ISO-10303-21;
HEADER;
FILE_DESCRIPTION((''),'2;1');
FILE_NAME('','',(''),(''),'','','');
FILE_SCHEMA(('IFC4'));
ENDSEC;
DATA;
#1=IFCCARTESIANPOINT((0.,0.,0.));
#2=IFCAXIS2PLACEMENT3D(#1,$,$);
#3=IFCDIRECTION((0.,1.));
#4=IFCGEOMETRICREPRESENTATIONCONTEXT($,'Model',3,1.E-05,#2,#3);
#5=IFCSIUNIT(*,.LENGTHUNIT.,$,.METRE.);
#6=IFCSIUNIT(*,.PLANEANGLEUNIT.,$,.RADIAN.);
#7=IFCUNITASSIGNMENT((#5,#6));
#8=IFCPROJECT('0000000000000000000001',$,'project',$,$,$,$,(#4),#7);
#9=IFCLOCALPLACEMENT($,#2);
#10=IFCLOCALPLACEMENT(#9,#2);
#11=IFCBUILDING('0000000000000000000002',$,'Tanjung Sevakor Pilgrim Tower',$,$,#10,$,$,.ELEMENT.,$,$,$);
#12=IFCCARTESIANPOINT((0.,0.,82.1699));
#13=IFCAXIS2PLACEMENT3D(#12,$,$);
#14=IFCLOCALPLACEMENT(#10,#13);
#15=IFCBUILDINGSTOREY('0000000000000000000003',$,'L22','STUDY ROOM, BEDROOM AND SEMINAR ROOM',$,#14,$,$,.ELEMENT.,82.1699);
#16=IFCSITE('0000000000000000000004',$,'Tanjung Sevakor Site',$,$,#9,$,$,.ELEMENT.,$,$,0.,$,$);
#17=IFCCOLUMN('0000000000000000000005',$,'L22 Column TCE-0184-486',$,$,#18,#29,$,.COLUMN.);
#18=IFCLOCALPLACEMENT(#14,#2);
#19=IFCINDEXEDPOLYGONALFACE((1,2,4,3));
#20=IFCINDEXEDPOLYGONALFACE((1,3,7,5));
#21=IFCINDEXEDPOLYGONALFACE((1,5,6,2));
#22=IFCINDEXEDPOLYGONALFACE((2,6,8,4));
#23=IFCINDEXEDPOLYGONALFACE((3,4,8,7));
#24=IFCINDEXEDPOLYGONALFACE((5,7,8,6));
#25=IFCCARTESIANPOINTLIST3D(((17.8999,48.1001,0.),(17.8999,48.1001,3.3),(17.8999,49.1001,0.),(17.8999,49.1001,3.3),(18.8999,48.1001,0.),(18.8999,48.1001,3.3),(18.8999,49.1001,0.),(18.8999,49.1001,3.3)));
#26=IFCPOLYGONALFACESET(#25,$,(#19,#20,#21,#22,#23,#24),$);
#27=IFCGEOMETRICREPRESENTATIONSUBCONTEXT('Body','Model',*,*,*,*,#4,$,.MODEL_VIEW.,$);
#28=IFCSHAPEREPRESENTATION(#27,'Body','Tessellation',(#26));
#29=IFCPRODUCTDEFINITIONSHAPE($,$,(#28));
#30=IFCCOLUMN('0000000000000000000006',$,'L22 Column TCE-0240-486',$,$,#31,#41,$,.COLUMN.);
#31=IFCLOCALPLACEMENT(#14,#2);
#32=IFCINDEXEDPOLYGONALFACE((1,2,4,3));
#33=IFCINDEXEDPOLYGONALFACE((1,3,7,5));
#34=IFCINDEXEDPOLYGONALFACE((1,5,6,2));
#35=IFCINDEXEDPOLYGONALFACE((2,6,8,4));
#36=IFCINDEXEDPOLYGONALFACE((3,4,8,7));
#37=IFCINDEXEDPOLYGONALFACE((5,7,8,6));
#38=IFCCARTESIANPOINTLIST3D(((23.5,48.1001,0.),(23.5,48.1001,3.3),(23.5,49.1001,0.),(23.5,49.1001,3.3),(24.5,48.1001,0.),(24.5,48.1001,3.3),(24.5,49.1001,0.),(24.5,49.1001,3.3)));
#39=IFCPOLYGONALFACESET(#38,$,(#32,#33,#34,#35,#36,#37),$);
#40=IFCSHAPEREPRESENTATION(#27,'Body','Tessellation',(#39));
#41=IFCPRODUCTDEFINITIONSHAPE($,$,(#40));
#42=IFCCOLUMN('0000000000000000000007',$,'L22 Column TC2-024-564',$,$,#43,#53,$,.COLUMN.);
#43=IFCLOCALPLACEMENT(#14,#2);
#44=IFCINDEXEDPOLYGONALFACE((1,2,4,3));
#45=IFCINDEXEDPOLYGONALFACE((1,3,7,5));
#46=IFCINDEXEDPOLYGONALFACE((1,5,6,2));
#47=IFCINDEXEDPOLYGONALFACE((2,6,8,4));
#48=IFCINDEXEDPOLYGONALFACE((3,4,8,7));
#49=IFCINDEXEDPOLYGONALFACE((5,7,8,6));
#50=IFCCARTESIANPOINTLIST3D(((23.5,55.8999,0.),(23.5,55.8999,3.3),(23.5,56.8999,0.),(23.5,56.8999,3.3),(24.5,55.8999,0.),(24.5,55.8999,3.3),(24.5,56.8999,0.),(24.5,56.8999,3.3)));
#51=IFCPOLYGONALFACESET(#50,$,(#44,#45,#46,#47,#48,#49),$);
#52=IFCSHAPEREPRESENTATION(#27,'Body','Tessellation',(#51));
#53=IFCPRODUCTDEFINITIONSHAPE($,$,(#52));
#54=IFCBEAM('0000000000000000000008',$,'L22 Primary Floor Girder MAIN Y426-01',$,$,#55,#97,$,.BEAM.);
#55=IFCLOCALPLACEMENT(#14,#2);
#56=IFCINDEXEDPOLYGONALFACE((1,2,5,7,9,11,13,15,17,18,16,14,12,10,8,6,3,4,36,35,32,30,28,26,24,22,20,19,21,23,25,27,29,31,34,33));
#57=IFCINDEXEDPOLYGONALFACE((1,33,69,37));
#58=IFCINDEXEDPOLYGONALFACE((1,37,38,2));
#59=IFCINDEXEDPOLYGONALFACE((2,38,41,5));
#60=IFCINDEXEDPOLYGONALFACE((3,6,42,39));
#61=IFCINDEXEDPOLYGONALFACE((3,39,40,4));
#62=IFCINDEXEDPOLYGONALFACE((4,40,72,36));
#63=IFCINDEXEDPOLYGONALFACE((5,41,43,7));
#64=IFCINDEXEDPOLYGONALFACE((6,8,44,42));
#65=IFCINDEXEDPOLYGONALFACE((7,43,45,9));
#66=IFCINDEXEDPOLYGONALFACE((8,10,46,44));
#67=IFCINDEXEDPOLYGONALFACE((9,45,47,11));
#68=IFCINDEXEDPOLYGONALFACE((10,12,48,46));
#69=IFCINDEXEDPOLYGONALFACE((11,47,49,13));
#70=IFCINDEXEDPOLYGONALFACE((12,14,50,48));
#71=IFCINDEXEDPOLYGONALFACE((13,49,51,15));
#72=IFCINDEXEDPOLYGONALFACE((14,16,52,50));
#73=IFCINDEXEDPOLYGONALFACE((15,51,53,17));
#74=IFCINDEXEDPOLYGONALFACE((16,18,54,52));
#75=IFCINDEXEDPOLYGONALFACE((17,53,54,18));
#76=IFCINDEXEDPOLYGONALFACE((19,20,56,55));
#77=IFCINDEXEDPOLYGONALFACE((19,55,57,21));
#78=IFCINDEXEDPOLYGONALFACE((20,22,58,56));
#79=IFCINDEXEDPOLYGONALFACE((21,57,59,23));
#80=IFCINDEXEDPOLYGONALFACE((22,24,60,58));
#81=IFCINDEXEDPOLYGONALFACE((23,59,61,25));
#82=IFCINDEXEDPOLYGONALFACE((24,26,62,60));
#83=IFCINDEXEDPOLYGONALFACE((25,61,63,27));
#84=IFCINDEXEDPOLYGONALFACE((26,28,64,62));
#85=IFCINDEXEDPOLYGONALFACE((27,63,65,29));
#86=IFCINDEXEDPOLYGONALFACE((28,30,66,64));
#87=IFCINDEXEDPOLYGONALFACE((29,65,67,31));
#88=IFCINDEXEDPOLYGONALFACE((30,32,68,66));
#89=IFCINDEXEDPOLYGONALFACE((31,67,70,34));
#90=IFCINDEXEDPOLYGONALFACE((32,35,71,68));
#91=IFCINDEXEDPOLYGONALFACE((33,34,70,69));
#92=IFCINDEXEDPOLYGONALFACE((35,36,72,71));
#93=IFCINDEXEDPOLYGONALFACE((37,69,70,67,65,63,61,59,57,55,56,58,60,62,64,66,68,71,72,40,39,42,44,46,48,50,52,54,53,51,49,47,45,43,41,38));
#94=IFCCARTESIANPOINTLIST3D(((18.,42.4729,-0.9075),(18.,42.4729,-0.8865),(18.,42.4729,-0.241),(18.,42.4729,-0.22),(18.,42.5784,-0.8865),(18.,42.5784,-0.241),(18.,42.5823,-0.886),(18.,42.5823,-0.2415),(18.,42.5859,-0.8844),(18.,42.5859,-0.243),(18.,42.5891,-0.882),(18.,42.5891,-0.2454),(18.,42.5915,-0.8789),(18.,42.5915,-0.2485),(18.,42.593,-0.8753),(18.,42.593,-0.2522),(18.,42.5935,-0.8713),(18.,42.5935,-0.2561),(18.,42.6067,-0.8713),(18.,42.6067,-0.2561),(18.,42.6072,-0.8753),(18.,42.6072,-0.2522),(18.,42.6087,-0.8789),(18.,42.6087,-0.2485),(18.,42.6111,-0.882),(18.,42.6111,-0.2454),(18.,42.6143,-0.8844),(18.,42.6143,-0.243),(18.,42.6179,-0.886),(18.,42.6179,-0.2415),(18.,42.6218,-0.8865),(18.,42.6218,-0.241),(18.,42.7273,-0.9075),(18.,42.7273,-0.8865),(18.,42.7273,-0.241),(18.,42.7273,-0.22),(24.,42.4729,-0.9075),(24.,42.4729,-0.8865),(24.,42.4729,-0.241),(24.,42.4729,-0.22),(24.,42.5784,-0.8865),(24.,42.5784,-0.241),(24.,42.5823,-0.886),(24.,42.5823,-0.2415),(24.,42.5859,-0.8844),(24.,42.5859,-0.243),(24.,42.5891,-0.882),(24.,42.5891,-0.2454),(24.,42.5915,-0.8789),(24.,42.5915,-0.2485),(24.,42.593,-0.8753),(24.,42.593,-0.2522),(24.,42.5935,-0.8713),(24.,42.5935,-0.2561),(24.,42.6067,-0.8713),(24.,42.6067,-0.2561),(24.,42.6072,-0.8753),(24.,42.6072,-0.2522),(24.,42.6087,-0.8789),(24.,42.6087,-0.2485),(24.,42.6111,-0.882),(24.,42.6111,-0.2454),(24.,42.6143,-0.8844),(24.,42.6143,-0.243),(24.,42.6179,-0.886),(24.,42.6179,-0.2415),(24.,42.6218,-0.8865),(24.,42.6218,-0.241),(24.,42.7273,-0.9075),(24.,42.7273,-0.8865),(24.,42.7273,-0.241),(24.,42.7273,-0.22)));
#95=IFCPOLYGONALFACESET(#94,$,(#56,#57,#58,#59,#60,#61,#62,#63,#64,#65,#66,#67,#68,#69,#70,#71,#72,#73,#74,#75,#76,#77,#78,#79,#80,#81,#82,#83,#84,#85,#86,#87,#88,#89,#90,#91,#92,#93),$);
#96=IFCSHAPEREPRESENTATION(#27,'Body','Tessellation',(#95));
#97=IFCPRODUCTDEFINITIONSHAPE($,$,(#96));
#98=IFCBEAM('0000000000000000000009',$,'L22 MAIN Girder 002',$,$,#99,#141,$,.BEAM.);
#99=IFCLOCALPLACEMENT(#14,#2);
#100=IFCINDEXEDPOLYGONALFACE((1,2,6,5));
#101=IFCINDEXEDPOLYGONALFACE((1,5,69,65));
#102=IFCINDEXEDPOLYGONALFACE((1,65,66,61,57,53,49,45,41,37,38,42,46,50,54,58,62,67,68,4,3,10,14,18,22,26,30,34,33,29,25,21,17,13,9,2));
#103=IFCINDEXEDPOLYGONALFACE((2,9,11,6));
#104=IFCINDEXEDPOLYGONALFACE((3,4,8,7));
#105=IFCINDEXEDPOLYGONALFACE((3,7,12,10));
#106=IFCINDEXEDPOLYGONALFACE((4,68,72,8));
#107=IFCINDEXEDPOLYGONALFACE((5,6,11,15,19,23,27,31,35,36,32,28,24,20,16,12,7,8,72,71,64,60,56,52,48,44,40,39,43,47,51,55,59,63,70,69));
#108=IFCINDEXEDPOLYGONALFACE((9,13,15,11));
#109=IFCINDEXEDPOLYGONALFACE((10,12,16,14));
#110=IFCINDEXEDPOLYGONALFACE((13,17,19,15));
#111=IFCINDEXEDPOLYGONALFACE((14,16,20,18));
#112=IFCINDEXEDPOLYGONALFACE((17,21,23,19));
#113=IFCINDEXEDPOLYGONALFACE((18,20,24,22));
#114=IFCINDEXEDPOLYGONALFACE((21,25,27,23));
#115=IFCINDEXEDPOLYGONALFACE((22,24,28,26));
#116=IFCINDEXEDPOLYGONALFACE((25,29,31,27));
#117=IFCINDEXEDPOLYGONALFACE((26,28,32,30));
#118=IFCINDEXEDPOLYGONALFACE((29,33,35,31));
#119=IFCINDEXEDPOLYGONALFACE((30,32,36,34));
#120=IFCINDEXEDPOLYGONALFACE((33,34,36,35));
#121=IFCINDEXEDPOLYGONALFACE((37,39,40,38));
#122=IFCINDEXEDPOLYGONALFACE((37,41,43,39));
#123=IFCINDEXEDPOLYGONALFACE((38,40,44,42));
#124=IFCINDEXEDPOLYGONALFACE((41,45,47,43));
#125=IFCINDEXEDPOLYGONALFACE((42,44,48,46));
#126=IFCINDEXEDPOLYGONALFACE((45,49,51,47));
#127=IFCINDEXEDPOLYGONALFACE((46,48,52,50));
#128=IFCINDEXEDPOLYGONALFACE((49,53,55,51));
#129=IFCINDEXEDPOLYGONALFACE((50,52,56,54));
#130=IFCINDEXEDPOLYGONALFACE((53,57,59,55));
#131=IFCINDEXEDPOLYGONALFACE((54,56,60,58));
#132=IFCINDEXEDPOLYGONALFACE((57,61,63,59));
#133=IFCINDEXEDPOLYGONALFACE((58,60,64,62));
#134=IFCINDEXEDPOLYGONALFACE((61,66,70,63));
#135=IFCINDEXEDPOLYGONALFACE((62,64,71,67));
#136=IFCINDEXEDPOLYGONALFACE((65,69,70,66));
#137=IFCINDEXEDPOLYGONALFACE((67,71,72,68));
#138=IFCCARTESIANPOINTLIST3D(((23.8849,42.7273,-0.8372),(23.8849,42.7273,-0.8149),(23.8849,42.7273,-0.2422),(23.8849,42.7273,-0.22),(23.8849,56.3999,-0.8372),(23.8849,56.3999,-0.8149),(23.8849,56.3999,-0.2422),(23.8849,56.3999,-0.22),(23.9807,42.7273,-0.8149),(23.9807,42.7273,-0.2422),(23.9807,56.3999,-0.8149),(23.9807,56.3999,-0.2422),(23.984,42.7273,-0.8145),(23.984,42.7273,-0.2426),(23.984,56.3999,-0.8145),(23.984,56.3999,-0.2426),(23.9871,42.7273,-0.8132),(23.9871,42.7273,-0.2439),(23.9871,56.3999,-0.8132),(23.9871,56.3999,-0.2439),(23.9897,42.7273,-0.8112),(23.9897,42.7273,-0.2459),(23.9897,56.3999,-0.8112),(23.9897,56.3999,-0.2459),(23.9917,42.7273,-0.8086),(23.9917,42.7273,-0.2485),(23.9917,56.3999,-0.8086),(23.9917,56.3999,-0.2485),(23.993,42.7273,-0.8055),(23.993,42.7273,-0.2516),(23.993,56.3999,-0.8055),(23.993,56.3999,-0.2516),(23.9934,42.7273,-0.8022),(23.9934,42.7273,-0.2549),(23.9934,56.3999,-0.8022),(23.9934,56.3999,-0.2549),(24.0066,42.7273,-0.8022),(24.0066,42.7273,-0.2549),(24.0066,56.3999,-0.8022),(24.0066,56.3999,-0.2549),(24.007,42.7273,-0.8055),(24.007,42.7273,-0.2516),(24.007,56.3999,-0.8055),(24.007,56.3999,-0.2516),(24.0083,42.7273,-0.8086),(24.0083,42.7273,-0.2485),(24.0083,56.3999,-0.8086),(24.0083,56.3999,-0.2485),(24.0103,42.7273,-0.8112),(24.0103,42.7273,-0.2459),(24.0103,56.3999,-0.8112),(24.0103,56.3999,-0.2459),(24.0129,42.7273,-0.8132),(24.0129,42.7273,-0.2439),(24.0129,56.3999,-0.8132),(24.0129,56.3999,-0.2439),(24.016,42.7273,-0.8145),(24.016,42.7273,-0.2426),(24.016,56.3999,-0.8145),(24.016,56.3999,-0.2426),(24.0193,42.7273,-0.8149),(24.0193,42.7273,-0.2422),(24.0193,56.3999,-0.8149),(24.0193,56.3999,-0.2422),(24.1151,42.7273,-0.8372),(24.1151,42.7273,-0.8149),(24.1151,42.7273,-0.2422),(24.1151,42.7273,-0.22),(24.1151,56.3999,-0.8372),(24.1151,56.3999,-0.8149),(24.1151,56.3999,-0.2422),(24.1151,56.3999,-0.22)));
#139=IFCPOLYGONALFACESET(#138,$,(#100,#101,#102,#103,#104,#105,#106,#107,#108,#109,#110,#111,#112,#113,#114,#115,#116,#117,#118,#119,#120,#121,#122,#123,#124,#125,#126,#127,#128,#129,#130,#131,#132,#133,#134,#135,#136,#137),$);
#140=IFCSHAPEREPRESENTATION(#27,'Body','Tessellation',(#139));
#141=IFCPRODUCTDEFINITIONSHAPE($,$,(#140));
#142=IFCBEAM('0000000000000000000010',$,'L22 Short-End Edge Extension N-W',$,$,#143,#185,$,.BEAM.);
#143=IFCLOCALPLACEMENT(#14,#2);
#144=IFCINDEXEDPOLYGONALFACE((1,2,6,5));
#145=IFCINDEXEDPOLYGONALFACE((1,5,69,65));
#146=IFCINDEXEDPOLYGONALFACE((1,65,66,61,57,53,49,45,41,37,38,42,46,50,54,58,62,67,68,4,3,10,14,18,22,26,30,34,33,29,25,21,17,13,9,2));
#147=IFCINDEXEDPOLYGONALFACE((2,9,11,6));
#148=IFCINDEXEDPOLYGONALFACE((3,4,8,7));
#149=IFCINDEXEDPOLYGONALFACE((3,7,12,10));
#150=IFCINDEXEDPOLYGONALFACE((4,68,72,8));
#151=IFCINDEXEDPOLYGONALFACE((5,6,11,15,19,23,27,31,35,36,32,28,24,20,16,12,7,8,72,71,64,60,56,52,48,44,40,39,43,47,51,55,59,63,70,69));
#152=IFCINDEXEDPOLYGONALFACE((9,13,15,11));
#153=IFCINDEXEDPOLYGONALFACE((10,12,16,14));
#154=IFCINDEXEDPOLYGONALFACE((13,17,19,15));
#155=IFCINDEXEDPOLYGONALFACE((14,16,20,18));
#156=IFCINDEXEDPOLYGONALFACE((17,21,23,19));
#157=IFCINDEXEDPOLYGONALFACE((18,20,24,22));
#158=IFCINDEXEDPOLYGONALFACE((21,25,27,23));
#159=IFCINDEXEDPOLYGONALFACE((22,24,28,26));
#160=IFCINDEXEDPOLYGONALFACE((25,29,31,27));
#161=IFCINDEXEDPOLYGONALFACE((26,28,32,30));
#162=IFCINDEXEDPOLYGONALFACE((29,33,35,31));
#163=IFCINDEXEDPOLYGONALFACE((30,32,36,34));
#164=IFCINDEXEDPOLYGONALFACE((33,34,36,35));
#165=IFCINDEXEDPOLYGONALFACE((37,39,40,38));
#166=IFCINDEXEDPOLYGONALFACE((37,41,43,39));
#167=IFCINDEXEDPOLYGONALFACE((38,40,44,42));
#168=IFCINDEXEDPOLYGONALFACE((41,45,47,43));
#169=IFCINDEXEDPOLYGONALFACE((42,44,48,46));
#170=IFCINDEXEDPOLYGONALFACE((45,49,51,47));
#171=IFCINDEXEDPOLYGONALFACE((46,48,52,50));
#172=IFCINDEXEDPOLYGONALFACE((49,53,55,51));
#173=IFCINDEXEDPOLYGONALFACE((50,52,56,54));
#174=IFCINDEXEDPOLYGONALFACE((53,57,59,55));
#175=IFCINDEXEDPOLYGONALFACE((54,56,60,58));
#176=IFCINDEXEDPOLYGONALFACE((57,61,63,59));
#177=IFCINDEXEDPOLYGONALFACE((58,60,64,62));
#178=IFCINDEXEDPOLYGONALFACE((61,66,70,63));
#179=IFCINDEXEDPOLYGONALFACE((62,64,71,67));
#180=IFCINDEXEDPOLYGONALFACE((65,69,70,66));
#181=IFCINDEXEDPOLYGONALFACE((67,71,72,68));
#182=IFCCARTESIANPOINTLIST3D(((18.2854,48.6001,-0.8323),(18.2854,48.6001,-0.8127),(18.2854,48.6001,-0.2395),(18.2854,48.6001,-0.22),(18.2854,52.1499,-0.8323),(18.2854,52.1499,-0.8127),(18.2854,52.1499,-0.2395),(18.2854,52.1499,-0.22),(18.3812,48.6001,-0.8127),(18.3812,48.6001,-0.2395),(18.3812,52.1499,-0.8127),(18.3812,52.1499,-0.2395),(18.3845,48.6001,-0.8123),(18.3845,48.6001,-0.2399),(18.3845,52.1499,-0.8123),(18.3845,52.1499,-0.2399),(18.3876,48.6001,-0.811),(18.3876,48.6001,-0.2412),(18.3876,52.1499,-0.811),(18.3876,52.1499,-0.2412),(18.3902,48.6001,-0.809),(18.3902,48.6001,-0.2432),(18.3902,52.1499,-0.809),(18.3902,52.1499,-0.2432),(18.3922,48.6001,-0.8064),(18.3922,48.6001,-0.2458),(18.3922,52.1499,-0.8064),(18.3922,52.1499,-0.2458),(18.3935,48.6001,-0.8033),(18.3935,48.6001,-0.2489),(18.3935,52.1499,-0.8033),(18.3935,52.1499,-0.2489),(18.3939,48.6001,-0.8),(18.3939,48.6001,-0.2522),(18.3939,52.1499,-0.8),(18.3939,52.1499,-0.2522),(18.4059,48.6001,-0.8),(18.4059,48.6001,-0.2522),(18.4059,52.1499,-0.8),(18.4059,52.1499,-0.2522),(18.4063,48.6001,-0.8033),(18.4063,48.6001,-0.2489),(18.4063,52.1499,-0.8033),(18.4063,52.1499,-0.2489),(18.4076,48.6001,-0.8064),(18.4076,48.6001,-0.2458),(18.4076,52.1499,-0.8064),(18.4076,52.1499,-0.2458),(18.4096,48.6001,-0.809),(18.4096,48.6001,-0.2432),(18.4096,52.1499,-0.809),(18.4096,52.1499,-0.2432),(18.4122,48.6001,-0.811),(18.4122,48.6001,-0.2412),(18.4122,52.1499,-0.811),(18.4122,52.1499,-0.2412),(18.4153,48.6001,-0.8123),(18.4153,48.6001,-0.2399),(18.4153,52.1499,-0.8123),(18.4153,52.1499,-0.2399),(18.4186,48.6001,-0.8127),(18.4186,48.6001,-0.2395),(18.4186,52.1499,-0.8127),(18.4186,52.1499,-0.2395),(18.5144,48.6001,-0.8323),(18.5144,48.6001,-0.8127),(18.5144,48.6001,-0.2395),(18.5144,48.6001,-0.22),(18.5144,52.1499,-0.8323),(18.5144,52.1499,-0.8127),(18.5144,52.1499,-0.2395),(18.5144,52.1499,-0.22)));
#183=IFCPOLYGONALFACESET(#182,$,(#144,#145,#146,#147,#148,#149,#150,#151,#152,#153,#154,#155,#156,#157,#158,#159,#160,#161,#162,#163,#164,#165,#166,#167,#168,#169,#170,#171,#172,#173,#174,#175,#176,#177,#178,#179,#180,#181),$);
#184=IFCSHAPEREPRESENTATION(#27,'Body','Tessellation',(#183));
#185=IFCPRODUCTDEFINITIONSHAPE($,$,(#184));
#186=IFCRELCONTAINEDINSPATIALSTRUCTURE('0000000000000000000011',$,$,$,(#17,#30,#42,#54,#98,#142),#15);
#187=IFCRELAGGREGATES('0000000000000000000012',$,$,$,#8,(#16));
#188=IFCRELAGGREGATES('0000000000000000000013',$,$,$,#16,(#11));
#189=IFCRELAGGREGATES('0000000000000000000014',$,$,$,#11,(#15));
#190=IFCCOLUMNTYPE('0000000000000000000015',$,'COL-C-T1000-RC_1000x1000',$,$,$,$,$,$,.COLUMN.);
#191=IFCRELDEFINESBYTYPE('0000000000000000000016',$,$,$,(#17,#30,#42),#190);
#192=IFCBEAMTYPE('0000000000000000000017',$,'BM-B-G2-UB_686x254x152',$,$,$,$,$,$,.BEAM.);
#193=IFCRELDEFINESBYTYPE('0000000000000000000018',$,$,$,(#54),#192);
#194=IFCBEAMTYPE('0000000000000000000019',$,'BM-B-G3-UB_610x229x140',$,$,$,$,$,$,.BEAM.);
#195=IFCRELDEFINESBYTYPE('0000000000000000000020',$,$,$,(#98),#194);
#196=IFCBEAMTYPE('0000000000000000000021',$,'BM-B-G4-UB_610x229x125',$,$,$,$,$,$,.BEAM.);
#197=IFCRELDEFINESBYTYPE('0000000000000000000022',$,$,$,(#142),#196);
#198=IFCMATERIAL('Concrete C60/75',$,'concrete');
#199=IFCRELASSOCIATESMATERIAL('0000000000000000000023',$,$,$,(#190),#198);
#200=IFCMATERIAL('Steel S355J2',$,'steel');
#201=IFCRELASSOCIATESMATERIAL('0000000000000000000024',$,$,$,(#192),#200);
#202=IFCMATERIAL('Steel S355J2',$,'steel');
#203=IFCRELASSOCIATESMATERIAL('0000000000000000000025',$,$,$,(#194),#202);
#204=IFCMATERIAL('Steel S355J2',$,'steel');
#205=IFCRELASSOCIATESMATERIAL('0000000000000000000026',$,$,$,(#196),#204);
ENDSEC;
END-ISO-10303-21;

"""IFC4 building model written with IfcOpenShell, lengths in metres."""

from ifc_helpers import new_model, si_unit, direction, frame, origin, origin_2d, place, context, subcontext, project, spatial, rectangle, i_section, extrude, material, material_profile, profile_set, type_object, element, save


model = new_model("IFC4")

# Units and contexts
model_context = context("Model", 3, precision=1e-05, world=origin(), true_north=direction((0.0, 1.0)))
body_context = subcontext(model_context, "Body", "Model", "MODEL_VIEW")
ifc_project = project(units=[si_unit("LENGTHUNIT", "METRE"), si_unit("PLANEANGLEUNIT", "RADIAN")], contexts=[model_context])

# Site, building, storey
site_placement = place(None, origin())
site = spatial("IfcSite", under=ifc_project, at=site_placement, Name="Tanjung Sevakor Site", CompositionType="ELEMENT", RefElevation=0.0)
building_placement = place(site_placement, origin())
building = spatial("IfcBuilding", under=site, at=building_placement, Name="Tanjung Sevakor Pilgrim Tower", CompositionType="ELEMENT")
storey_placement = place(building_placement, frame((0.0, 0.0, 82.1699)))
storey = spatial("IfcBuildingStorey", under=building, at=storey_placement, Name="L22", Description="STUDY ROOM, BEDROOM AND SEMINAR ROOM", CompositionType="ELEMENT", Elevation=82.1699)

# Columns
ifc_material_1 = material(Name="Concrete C60/75", Category="concrete")
ifc_material_profile_1 = material_profile(ifc_material_1, rectangle(XDim=1.0, YDim=1.0, at=origin_2d()))
ifc_profile_set_1 = profile_set([ifc_material_profile_1], Name="Concrete C60/75")
column_type = type_object("IfcColumnType", Name="COL-C-T1000-RC_1000x1000", PredefinedType="COLUMN", material=ifc_profile_set_1)
for number, where, z_axis, x_axis, name in (
    (1, (18.3999, 48.6001, 0.0), (0.0, 0.0, 1.0), (1.0, 0.0, 0.0), "L22 Column TCE-0184-486"),
    (2, (24.0, 48.6001, 0.0), (0.0, 0.0, 1.0), (1.0, 0.0, 0.0), "L22 Column TCE-0240-486"),
    (3, (24.0, 56.3999, 0.0), (0.0, 0.0, 1.0), (1.0, 0.0, 0.0), "L22 Column TC2-024-564"),
):
    element("IfcColumn", number, at=place(storey_placement, frame(where, z_axis=z_axis, x_axis=x_axis)), inside=storey, type_object=column_type, Name=name, PredefinedType="COLUMN", context=body_context, shape_type="SweptSolid", body=[
        extrude(rectangle(XDim=1.0, YDim=1.0, at=origin_2d()), origin(), (0.0, 0.0, 1.0), 3.3),
    ])

# Beams
ifc_material_2 = material(Name="Steel S355J2", Category="steel")
ifc_material_profile_2 = material_profile(ifc_material_2, i_section(OverallWidth=0.2544, OverallDepth=0.6875, WebThickness=0.0132, FlangeThickness=0.021, FilletRadius=0.0151, at=origin_2d()))
ifc_profile_set_2 = profile_set([ifc_material_profile_2], Name="Steel S355J2")
beam_type_1 = type_object("IfcBeamType", Name="BM-B-G2-UB_686x254x152", PredefinedType="BEAM", material=ifc_profile_set_2)
beam_1_placement = place(storey_placement, frame((18.0, 42.6001, -0.5637), z_axis=(1.0, 0.0, 0.0), x_axis=(0.0, 1.0, 0.0)))
element("IfcBeam", 4, at=beam_1_placement, inside=storey, type_object=beam_type_1, Name="L22 Primary Floor Girder MAIN Y426-01", PredefinedType="BEAM", context=body_context, shape_type="SweptSolid", body=[
    extrude(i_section(OverallWidth=0.2544, OverallDepth=0.6875, WebThickness=0.0132, FlangeThickness=0.021, FilletRadius=0.0151, at=origin_2d()), origin(), (0.0, 0.0, 1.0), 6.0),
])
ifc_material_3 = material(Name="Steel S355J2", Category="steel")
ifc_material_profile_3 = material_profile(ifc_material_3, i_section(OverallWidth=0.2302, OverallDepth=0.6172, WebThickness=0.0132, FlangeThickness=0.0222, FilletRadius=0.0127, at=origin_2d()))
ifc_profile_set_3 = profile_set([ifc_material_profile_3], Name="Steel S355J2")
beam_type_2 = type_object("IfcBeamType", Name="BM-B-G3-UB_610x229x140", PredefinedType="BEAM", material=ifc_profile_set_3)
beam_2_placement = place(storey_placement, frame((24.0, 42.7273, -0.5286), z_axis=(0.0, 1.0, 0.0), x_axis=(-1.0, 0.0, 0.0)))
element("IfcBeam", 5, at=beam_2_placement, inside=storey, type_object=beam_type_2, Name="L22 MAIN Girder 002", PredefinedType="BEAM", context=body_context, shape_type="SweptSolid", body=[
    extrude(i_section(OverallWidth=0.2302, OverallDepth=0.6172, WebThickness=0.0132, FlangeThickness=0.0222, FilletRadius=0.0127, at=origin_2d()), origin(), (0.0, 0.0, 1.0), 13.6726),
])
ifc_material_4 = material(Name="Steel S355J2", Category="steel")
ifc_material_profile_4 = material_profile(ifc_material_4, i_section(OverallWidth=0.229, OverallDepth=0.6123, WebThickness=0.012, FlangeThickness=0.0195, FilletRadius=0.0127, at=origin_2d()))
ifc_profile_set_4 = profile_set([ifc_material_profile_4], Name="Steel S355J2")
beam_type_3 = type_object("IfcBeamType", Name="BM-B-G4-UB_610x229x125", PredefinedType="BEAM", material=ifc_profile_set_4)
beam_3_placement = place(storey_placement, frame((18.3999, 48.6001, -0.5261), z_axis=(0.0, 1.0, 0.0), x_axis=(-1.0, 0.0, 0.0)))
element("IfcBeam", 6, at=beam_3_placement, inside=storey, type_object=beam_type_3, Name="L22 Short-End Edge Extension N-W", PredefinedType="BEAM", context=body_context, shape_type="SweptSolid", body=[
    extrude(i_section(OverallWidth=0.229, OverallDepth=0.6123, WebThickness=0.012, FlangeThickness=0.0195, FilletRadius=0.0127, at=origin_2d()), origin(), (0.0, 0.0, 1.0), 3.5498),
])

save(model, "model.ifc")
